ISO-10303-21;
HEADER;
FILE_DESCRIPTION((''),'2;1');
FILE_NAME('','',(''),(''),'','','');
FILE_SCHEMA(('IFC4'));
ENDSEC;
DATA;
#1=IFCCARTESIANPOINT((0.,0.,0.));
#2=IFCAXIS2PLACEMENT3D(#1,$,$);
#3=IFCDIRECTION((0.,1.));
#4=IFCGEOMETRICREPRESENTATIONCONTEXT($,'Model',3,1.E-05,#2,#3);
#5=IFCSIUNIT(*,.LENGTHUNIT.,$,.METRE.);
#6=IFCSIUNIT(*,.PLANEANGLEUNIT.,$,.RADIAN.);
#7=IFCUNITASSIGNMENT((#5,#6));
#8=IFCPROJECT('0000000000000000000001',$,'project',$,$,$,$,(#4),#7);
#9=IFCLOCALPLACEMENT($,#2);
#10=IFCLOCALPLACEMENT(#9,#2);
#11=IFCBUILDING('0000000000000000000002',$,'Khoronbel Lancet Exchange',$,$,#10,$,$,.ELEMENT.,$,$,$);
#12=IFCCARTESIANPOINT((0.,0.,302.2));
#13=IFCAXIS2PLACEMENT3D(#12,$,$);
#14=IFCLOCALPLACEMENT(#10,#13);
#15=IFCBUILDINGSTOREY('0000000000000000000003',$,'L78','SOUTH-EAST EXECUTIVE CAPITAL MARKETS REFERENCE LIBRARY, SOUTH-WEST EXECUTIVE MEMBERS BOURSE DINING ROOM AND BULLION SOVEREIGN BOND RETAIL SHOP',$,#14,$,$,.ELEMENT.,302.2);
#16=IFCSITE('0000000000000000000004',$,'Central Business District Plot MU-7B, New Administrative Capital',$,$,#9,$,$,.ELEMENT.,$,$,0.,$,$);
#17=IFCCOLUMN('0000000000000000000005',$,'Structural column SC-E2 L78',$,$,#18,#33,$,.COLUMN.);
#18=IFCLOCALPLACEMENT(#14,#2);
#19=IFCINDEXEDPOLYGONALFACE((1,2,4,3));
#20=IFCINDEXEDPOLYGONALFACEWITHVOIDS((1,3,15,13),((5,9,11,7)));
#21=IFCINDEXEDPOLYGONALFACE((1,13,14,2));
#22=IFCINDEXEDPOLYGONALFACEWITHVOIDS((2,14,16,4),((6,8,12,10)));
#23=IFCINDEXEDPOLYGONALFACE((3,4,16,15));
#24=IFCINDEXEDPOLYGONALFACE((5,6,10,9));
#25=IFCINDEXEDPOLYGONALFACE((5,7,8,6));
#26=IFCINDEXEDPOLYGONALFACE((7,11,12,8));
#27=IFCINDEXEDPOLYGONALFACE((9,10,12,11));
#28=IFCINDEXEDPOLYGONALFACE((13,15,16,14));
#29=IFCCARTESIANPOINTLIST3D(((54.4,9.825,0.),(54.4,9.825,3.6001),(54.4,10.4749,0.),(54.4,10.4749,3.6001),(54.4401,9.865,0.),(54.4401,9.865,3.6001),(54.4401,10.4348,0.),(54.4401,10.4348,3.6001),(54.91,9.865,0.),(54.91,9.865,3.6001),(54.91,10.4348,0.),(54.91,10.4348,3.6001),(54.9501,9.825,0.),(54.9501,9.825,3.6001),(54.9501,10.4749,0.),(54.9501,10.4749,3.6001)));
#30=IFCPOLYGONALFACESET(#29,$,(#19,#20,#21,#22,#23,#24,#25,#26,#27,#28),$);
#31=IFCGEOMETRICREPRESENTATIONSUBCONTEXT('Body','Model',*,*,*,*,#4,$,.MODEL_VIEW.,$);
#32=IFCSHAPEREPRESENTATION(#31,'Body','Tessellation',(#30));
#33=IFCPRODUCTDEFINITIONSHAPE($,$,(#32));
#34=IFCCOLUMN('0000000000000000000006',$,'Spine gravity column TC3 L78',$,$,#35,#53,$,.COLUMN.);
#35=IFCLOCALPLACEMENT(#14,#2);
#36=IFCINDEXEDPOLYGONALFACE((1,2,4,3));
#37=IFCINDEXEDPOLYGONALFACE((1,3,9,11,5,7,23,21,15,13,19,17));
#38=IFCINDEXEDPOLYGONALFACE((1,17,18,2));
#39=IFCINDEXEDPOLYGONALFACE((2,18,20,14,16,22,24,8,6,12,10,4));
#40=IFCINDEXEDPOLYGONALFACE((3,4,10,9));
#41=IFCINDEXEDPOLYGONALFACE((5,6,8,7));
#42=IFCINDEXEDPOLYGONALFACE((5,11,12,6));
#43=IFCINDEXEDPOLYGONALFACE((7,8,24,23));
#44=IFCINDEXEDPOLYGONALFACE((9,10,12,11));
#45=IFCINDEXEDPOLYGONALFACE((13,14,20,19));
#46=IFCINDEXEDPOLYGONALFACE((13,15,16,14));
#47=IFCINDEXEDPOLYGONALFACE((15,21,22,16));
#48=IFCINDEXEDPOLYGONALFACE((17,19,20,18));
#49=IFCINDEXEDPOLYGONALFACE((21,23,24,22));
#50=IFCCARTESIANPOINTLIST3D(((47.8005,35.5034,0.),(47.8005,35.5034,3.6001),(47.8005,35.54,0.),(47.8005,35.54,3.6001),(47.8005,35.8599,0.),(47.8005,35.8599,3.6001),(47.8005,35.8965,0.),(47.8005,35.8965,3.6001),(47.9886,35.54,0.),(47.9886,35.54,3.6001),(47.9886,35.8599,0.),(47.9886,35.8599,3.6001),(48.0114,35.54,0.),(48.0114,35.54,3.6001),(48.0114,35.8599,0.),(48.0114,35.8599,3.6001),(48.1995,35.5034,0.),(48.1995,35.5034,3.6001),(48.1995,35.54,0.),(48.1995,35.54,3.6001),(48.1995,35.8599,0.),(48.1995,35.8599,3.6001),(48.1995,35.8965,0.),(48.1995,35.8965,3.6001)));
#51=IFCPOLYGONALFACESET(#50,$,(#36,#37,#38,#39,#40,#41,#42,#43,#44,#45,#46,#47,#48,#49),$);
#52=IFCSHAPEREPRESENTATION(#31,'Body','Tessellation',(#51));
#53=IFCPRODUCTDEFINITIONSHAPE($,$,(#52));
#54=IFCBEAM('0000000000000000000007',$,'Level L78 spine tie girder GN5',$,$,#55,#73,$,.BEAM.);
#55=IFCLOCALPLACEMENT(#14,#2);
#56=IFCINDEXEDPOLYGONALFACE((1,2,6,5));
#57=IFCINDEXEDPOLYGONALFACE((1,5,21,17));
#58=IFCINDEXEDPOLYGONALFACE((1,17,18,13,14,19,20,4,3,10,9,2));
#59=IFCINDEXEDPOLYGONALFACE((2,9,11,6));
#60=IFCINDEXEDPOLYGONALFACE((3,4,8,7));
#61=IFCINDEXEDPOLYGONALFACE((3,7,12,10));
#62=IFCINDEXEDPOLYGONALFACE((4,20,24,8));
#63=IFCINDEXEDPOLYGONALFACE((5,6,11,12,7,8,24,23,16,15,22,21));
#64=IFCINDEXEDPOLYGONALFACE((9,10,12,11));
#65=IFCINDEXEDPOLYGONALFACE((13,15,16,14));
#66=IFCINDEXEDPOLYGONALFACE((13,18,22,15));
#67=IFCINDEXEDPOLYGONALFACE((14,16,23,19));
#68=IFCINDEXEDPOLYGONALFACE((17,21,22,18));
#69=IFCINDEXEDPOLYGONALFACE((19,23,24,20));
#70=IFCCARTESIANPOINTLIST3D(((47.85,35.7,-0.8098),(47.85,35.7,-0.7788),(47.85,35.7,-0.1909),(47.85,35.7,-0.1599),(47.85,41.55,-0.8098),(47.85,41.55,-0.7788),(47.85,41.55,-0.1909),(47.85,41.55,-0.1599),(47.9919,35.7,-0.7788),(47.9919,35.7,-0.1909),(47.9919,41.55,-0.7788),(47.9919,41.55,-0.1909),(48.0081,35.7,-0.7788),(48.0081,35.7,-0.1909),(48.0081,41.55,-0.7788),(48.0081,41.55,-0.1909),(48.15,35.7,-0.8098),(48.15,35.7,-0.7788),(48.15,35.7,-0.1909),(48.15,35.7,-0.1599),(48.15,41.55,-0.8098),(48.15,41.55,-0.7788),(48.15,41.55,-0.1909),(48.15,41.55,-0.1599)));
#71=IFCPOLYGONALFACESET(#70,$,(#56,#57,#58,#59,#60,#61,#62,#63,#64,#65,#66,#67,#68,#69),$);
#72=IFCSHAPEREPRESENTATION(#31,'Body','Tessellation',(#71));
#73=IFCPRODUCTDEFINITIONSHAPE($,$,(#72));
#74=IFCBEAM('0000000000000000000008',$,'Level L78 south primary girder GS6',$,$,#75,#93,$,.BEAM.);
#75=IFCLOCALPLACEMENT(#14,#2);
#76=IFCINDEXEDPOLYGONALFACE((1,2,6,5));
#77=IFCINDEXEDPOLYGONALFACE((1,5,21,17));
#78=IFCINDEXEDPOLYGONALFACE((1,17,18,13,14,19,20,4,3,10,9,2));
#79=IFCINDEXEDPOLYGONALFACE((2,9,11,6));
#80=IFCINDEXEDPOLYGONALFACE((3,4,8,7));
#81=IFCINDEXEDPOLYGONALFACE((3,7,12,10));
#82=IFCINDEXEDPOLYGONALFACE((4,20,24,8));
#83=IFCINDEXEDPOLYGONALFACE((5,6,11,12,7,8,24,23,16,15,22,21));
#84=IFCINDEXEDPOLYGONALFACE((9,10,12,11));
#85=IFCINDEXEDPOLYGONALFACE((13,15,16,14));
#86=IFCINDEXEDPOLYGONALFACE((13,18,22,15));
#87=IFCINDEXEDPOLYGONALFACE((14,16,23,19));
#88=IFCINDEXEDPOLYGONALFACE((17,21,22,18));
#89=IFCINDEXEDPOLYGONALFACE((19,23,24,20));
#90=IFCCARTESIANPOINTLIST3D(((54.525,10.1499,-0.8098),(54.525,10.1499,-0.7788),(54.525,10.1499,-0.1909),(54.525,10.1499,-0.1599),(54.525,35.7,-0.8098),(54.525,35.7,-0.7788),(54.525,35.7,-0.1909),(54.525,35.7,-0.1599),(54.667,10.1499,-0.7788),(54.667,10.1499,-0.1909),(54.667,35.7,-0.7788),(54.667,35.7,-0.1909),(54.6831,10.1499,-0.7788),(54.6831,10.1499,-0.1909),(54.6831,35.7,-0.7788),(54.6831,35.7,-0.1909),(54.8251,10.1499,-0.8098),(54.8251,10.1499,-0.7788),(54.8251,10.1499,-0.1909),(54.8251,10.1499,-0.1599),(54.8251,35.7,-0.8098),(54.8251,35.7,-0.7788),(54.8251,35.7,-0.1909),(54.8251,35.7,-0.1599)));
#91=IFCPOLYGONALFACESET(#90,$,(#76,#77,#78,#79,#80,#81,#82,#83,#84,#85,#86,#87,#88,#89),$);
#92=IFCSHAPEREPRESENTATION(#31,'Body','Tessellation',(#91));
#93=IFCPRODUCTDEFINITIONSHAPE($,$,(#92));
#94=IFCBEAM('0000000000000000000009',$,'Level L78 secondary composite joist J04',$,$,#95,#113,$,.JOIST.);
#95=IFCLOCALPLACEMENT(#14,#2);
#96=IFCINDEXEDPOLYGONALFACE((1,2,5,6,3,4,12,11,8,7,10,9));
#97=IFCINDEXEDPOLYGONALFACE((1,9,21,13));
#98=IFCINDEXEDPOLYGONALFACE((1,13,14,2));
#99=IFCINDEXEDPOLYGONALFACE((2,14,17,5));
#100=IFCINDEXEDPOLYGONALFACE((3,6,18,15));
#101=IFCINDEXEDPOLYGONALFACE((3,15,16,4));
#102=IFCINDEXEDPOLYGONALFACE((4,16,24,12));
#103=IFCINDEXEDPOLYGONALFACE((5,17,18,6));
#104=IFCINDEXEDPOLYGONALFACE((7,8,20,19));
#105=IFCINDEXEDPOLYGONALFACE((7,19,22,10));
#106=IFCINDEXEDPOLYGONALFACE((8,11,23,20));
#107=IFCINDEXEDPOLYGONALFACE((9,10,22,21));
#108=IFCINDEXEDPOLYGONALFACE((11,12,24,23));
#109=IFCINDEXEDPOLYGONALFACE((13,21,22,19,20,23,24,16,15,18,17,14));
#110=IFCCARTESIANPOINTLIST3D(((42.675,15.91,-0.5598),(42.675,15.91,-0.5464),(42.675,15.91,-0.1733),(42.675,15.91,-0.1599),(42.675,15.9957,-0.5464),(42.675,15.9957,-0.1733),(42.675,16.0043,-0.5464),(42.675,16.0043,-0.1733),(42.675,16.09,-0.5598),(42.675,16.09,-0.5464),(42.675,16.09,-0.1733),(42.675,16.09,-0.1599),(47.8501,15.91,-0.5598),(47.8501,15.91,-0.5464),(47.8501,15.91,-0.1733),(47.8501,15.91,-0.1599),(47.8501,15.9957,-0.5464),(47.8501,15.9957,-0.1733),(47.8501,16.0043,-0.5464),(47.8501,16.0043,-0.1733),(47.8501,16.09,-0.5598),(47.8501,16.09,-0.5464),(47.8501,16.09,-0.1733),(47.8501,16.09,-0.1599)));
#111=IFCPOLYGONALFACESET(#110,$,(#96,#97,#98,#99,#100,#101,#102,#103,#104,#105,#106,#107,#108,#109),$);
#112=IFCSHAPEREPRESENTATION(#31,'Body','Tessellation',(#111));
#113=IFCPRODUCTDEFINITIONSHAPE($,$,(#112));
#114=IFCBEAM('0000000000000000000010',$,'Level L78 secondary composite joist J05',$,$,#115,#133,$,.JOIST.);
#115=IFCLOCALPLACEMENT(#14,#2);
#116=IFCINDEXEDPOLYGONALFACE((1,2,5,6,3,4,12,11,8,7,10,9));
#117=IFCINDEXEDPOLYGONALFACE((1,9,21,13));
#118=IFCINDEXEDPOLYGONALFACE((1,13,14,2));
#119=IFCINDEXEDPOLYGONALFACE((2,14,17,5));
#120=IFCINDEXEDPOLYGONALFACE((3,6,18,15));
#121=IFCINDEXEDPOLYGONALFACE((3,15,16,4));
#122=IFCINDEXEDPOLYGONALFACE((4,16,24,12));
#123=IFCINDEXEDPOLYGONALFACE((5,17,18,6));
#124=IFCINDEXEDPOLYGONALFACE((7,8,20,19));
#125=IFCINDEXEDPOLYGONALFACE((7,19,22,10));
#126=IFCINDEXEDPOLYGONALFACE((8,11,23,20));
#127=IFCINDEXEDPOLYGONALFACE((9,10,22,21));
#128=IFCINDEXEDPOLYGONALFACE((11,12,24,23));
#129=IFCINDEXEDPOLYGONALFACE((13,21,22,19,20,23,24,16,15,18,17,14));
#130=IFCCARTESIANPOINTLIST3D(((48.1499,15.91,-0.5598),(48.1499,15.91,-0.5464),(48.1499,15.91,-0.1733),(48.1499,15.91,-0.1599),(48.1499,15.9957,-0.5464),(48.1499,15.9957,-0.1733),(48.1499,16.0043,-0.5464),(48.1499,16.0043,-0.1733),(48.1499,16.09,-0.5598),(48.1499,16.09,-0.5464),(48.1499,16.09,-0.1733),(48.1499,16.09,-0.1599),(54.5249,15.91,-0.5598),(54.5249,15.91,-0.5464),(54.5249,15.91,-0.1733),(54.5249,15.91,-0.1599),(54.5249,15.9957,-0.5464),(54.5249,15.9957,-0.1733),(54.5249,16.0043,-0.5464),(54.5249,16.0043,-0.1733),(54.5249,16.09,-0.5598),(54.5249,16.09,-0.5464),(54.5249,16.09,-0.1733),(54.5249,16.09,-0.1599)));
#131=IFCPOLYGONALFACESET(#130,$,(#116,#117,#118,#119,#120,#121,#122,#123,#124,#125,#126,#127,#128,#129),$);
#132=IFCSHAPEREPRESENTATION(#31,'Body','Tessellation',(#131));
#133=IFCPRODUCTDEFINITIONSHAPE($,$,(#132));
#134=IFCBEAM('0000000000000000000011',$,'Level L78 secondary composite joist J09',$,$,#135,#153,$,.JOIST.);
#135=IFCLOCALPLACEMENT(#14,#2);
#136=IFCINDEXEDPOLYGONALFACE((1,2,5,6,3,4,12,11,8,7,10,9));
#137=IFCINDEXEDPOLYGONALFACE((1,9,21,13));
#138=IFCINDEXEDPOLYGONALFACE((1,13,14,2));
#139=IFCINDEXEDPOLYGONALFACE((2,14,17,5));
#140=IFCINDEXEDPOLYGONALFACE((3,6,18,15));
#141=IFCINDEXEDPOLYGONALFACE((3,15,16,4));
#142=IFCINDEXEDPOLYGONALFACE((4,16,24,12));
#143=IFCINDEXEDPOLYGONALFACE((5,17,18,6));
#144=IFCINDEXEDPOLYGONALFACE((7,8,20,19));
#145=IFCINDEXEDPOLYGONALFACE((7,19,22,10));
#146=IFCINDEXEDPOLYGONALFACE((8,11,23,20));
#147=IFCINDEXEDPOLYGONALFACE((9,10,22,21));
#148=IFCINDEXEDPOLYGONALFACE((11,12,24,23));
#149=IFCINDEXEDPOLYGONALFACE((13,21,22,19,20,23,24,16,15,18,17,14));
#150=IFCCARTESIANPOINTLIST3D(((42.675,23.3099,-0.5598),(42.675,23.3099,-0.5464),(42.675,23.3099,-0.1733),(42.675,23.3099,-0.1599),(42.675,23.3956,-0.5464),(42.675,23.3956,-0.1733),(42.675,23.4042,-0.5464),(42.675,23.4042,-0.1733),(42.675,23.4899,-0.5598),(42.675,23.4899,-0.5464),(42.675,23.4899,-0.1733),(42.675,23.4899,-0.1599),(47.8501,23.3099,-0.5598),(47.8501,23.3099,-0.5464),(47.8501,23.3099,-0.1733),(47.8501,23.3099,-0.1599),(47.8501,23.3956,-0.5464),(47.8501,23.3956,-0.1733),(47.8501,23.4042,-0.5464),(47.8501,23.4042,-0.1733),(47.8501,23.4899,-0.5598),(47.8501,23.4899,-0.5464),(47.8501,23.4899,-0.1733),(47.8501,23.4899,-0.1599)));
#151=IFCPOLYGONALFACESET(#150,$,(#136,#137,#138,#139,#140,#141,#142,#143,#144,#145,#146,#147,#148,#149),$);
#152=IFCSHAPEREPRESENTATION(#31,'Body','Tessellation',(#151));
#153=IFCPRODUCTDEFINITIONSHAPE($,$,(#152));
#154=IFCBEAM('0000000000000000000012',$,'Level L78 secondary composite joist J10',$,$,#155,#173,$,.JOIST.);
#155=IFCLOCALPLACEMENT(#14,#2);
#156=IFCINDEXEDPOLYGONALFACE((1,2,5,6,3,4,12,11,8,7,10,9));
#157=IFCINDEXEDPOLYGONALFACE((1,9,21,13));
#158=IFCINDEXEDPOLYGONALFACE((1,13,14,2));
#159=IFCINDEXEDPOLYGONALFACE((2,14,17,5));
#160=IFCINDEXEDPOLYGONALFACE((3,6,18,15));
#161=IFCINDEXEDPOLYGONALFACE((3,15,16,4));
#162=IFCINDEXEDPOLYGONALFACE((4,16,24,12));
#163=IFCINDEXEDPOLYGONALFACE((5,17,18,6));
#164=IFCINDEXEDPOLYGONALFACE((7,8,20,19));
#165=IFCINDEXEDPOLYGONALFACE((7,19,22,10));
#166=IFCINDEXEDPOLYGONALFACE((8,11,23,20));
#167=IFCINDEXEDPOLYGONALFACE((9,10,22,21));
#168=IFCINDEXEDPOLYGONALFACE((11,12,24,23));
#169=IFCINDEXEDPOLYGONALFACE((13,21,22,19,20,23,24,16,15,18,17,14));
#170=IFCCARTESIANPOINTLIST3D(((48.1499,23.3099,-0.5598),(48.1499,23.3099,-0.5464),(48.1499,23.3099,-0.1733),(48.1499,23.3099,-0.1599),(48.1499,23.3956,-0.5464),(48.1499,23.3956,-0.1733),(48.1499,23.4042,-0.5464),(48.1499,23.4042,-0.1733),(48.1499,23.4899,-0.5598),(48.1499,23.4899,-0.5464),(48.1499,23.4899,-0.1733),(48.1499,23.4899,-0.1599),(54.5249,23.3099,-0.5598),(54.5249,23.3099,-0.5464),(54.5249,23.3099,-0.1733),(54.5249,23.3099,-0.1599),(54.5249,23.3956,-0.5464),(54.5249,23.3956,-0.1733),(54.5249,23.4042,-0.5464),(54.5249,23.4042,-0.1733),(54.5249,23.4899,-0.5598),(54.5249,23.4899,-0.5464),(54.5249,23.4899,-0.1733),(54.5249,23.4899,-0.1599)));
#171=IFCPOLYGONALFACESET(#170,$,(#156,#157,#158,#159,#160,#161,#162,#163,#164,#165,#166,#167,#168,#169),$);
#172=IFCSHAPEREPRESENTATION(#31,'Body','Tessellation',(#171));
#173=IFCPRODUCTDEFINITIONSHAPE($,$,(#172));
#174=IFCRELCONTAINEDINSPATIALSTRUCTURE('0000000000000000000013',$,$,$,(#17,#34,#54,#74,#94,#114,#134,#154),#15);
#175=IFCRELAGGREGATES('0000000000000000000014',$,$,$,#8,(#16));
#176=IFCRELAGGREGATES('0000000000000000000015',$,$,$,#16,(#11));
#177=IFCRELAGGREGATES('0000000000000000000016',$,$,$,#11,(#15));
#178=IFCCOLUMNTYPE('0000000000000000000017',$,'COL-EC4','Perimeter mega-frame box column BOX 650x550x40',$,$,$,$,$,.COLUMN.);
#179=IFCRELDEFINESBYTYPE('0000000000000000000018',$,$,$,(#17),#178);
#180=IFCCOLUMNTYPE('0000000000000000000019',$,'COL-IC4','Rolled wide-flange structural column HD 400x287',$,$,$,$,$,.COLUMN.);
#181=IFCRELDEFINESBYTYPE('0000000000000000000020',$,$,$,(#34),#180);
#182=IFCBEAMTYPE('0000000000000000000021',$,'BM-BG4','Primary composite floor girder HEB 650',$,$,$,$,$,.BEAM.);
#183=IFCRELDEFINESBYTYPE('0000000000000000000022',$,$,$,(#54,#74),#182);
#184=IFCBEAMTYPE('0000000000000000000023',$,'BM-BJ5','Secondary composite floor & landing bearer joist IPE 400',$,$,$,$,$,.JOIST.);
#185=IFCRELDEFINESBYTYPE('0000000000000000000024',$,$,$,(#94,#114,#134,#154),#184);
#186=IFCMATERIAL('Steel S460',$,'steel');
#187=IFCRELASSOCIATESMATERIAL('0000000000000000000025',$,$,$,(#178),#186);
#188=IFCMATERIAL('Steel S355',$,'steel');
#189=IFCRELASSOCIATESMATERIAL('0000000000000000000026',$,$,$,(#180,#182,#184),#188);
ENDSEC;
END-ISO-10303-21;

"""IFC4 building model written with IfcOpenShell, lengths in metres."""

from ifc_helpers import new_model, si_unit, direction, frame, origin, origin_2d, place, context, subcontext, project, spatial, hollow_rectangle, i_section, extrude, material, material_profile, profile_set, type_object, element, save


model = new_model("IFC4")

# Units and contexts
model_context = context("Model", 3, precision=1e-05, world=origin(), true_north=direction((0.0, 1.0)))
body_context = subcontext(model_context, "Body", "Model", "MODEL_VIEW")
ifc_project = project(units=[si_unit("LENGTHUNIT", "METRE"), si_unit("PLANEANGLEUNIT", "RADIAN")], contexts=[model_context])

# Site, building, storey
site_placement = place(None, origin())
site = spatial("IfcSite", under=ifc_project, at=site_placement, Name="Central Business District Plot MU-7B, New Administrative Capital", CompositionType="ELEMENT", RefElevation=0.0)
building_placement = place(site_placement, origin())
building = spatial("IfcBuilding", under=site, at=building_placement, Name="Khoronbel Lancet Exchange", CompositionType="ELEMENT")
storey_placement = place(building_placement, frame((0.0, 0.0, 302.2)))
storey = spatial("IfcBuildingStorey", under=building, at=storey_placement, Name="L78", Description="SOUTH-EAST EXECUTIVE CAPITAL MARKETS REFERENCE LIBRARY, SOUTH-WEST EXECUTIVE MEMBERS BOURSE DINING ROOM AND BULLION SOVEREIGN BOND RETAIL SHOP", CompositionType="ELEMENT", Elevation=302.2)

# Columns
ifc_material_1 = material(Name="Steel S460", Category="steel")
ifc_material_profile_1 = material_profile(ifc_material_1, hollow_rectangle(XDim=0.55, YDim=0.6499, WallThickness=0.04, at=origin_2d()), Name="BOX 650x550x40")
ifc_profile_set_1 = profile_set([ifc_material_profile_1], Name="Steel S460")
column_type_1 = type_object("IfcColumnType", Name="COL-EC4", Description="Perimeter mega-frame box column BOX 650x550x40", PredefinedType="COLUMN", material=ifc_profile_set_1)
column_1_placement = place(storey_placement, frame((54.675, 10.1499, 0.0), z_axis=(0.0, 0.0, 1.0), x_axis=(1.0, 0.0, 0.0)))
element("IfcColumn", 1, at=column_1_placement, inside=storey, type_object=column_type_1, Name="Structural column SC-E2 L78", PredefinedType="COLUMN", context=body_context, shape_type="SweptSolid", body=[
    extrude(hollow_rectangle(XDim=0.55, YDim=0.6499, WallThickness=0.04, at=origin_2d()), origin(), (0.0, 0.0, 1.0), 3.6001),
])
ifc_material_2 = material(Name="Steel S355", Category="steel")
ifc_material_profile_2 = material_profile(ifc_material_2, i_section(OverallWidth=0.3989, OverallDepth=0.3931, WebThickness=0.0227, FlangeThickness=0.0366, at=origin_2d()), Name="HD 400x287")
ifc_profile_set_2 = profile_set([ifc_material_profile_2], Name="Steel S355")
column_type_2 = type_object("IfcColumnType", Name="COL-IC4", Description="Rolled wide-flange structural column HD 400x287", PredefinedType="COLUMN", material=ifc_profile_set_2)
column_2_placement = place(storey_placement, frame((48.0, 35.7, 0.0), z_axis=(0.0, 0.0, 1.0), x_axis=(1.0, 0.0, 0.0)))
element("IfcColumn", 2, at=column_2_placement, inside=storey, type_object=column_type_2, Name="Spine gravity column TC3 L78", PredefinedType="COLUMN", context=body_context, shape_type="SweptSolid", body=[
    extrude(i_section(OverallWidth=0.3989, OverallDepth=0.3931, WebThickness=0.0227, FlangeThickness=0.0366, at=origin_2d()), origin(), (0.0, 0.0, 1.0), 3.6001),
])

# Beams
ifc_material_profile_3 = material_profile(ifc_material_2, i_section(OverallWidth=0.3, OverallDepth=0.6499, WebThickness=0.0161, FlangeThickness=0.031, at=origin_2d()), Name="HEB 650")
ifc_profile_set_3 = profile_set([ifc_material_profile_3], Name="Steel S355")
beam_type_1 = type_object("IfcBeamType", Name="BM-BG4", Description="Primary composite floor girder HEB 650", PredefinedType="BEAM", material=ifc_profile_set_3)
beam_1_placement = place(storey_placement, frame((48.0, 35.7, -0.4849), z_axis=(0.0, 1.0, 0.0), x_axis=(-1.0, 0.0, 0.0)))
element("IfcBeam", 3, at=beam_1_placement, inside=storey, type_object=beam_type_1, Name="Level L78 spine tie girder GN5", PredefinedType="BEAM", context=body_context, shape_type="SweptSolid", body=[
    extrude(i_section(OverallWidth=0.3, OverallDepth=0.6499, WebThickness=0.0161, FlangeThickness=0.031, at=origin_2d()), origin(), (0.0, 0.0, 1.0), 5.8501),
])
beam_2_placement = place(storey_placement, frame((54.675, 10.1499, -0.4849), z_axis=(0.0, 1.0, 0.0), x_axis=(-1.0, 0.0, 0.0)))
element("IfcBeam", 4, at=beam_2_placement, inside=storey, type_object=beam_type_1, Name="Level L78 south primary girder GS6", PredefinedType="BEAM", context=body_context, shape_type="SweptSolid", body=[
    extrude(i_section(OverallWidth=0.3, OverallDepth=0.6499, WebThickness=0.0161, FlangeThickness=0.031, at=origin_2d()), origin(), (0.0, 0.0, 1.0), 25.55),
])
ifc_material_profile_4 = material_profile(ifc_material_2, i_section(OverallWidth=0.1799, OverallDepth=0.3999, WebThickness=0.0085, FlangeThickness=0.0134, at=origin_2d()), Name="IPE 400")
ifc_profile_set_4 = profile_set([ifc_material_profile_4], Name="Steel S355")
beam_type_2 = type_object("IfcBeamType", Name="BM-BJ5", Description="Secondary composite floor & landing bearer joist IPE 400", PredefinedType="JOIST", material=ifc_profile_set_4)
beam_3_placement = place(storey_placement, frame((42.675, 16.0, -0.3599), z_axis=(1.0, 0.0, 0.0), x_axis=(0.0, 1.0, 0.0)))
element("IfcBeam", 5, at=beam_3_placement, inside=storey, type_object=beam_type_2, Name="Level L78 secondary composite joist J04", PredefinedType="JOIST", context=body_context, shape_type="SweptSolid", body=[
    extrude(i_section(OverallWidth=0.1799, OverallDepth=0.3999, WebThickness=0.0085, FlangeThickness=0.0134, at=origin_2d()), origin(), (0.0, 0.0, 1.0), 5.175),
])
beam_4_placement = place(storey_placement, frame((48.1499, 16.0, -0.3599), z_axis=(1.0, 0.0, 0.0), x_axis=(0.0, 1.0, 0.0)))
element("IfcBeam", 6, at=beam_4_placement, inside=storey, type_object=beam_type_2, Name="Level L78 secondary composite joist J05", PredefinedType="JOIST", context=body_context, shape_type="SweptSolid", body=[
    extrude(i_section(OverallWidth=0.1799, OverallDepth=0.3999, WebThickness=0.0085, FlangeThickness=0.0134, at=origin_2d()), origin(), (0.0, 0.0, 1.0), 6.375),
])
beam_5_placement = place(storey_placement, frame((42.675, 23.3999, -0.3599), z_axis=(1.0, 0.0, 0.0), x_axis=(0.0, 1.0, 0.0)))
element("IfcBeam", 7, at=beam_5_placement, inside=storey, type_object=beam_type_2, Name="Level L78 secondary composite joist J09", PredefinedType="JOIST", context=body_context, shape_type="SweptSolid", body=[
    extrude(i_section(OverallWidth=0.1799, OverallDepth=0.3999, WebThickness=0.0085, FlangeThickness=0.0134, at=origin_2d()), origin(), (0.0, 0.0, 1.0), 5.175),
])
beam_6_placement = place(storey_placement, frame((48.1499, 23.3999, -0.3599), z_axis=(1.0, 0.0, 0.0), x_axis=(0.0, 1.0, 0.0)))
element("IfcBeam", 8, at=beam_6_placement, inside=storey, type_object=beam_type_2, Name="Level L78 secondary composite joist J10", PredefinedType="JOIST", context=body_context, shape_type="SweptSolid", body=[
    extrude(i_section(OverallWidth=0.1799, OverallDepth=0.3999, WebThickness=0.0085, FlangeThickness=0.0134, at=origin_2d()), origin(), (0.0, 0.0, 1.0), 6.375),
])

save(model, "model.ifc")
